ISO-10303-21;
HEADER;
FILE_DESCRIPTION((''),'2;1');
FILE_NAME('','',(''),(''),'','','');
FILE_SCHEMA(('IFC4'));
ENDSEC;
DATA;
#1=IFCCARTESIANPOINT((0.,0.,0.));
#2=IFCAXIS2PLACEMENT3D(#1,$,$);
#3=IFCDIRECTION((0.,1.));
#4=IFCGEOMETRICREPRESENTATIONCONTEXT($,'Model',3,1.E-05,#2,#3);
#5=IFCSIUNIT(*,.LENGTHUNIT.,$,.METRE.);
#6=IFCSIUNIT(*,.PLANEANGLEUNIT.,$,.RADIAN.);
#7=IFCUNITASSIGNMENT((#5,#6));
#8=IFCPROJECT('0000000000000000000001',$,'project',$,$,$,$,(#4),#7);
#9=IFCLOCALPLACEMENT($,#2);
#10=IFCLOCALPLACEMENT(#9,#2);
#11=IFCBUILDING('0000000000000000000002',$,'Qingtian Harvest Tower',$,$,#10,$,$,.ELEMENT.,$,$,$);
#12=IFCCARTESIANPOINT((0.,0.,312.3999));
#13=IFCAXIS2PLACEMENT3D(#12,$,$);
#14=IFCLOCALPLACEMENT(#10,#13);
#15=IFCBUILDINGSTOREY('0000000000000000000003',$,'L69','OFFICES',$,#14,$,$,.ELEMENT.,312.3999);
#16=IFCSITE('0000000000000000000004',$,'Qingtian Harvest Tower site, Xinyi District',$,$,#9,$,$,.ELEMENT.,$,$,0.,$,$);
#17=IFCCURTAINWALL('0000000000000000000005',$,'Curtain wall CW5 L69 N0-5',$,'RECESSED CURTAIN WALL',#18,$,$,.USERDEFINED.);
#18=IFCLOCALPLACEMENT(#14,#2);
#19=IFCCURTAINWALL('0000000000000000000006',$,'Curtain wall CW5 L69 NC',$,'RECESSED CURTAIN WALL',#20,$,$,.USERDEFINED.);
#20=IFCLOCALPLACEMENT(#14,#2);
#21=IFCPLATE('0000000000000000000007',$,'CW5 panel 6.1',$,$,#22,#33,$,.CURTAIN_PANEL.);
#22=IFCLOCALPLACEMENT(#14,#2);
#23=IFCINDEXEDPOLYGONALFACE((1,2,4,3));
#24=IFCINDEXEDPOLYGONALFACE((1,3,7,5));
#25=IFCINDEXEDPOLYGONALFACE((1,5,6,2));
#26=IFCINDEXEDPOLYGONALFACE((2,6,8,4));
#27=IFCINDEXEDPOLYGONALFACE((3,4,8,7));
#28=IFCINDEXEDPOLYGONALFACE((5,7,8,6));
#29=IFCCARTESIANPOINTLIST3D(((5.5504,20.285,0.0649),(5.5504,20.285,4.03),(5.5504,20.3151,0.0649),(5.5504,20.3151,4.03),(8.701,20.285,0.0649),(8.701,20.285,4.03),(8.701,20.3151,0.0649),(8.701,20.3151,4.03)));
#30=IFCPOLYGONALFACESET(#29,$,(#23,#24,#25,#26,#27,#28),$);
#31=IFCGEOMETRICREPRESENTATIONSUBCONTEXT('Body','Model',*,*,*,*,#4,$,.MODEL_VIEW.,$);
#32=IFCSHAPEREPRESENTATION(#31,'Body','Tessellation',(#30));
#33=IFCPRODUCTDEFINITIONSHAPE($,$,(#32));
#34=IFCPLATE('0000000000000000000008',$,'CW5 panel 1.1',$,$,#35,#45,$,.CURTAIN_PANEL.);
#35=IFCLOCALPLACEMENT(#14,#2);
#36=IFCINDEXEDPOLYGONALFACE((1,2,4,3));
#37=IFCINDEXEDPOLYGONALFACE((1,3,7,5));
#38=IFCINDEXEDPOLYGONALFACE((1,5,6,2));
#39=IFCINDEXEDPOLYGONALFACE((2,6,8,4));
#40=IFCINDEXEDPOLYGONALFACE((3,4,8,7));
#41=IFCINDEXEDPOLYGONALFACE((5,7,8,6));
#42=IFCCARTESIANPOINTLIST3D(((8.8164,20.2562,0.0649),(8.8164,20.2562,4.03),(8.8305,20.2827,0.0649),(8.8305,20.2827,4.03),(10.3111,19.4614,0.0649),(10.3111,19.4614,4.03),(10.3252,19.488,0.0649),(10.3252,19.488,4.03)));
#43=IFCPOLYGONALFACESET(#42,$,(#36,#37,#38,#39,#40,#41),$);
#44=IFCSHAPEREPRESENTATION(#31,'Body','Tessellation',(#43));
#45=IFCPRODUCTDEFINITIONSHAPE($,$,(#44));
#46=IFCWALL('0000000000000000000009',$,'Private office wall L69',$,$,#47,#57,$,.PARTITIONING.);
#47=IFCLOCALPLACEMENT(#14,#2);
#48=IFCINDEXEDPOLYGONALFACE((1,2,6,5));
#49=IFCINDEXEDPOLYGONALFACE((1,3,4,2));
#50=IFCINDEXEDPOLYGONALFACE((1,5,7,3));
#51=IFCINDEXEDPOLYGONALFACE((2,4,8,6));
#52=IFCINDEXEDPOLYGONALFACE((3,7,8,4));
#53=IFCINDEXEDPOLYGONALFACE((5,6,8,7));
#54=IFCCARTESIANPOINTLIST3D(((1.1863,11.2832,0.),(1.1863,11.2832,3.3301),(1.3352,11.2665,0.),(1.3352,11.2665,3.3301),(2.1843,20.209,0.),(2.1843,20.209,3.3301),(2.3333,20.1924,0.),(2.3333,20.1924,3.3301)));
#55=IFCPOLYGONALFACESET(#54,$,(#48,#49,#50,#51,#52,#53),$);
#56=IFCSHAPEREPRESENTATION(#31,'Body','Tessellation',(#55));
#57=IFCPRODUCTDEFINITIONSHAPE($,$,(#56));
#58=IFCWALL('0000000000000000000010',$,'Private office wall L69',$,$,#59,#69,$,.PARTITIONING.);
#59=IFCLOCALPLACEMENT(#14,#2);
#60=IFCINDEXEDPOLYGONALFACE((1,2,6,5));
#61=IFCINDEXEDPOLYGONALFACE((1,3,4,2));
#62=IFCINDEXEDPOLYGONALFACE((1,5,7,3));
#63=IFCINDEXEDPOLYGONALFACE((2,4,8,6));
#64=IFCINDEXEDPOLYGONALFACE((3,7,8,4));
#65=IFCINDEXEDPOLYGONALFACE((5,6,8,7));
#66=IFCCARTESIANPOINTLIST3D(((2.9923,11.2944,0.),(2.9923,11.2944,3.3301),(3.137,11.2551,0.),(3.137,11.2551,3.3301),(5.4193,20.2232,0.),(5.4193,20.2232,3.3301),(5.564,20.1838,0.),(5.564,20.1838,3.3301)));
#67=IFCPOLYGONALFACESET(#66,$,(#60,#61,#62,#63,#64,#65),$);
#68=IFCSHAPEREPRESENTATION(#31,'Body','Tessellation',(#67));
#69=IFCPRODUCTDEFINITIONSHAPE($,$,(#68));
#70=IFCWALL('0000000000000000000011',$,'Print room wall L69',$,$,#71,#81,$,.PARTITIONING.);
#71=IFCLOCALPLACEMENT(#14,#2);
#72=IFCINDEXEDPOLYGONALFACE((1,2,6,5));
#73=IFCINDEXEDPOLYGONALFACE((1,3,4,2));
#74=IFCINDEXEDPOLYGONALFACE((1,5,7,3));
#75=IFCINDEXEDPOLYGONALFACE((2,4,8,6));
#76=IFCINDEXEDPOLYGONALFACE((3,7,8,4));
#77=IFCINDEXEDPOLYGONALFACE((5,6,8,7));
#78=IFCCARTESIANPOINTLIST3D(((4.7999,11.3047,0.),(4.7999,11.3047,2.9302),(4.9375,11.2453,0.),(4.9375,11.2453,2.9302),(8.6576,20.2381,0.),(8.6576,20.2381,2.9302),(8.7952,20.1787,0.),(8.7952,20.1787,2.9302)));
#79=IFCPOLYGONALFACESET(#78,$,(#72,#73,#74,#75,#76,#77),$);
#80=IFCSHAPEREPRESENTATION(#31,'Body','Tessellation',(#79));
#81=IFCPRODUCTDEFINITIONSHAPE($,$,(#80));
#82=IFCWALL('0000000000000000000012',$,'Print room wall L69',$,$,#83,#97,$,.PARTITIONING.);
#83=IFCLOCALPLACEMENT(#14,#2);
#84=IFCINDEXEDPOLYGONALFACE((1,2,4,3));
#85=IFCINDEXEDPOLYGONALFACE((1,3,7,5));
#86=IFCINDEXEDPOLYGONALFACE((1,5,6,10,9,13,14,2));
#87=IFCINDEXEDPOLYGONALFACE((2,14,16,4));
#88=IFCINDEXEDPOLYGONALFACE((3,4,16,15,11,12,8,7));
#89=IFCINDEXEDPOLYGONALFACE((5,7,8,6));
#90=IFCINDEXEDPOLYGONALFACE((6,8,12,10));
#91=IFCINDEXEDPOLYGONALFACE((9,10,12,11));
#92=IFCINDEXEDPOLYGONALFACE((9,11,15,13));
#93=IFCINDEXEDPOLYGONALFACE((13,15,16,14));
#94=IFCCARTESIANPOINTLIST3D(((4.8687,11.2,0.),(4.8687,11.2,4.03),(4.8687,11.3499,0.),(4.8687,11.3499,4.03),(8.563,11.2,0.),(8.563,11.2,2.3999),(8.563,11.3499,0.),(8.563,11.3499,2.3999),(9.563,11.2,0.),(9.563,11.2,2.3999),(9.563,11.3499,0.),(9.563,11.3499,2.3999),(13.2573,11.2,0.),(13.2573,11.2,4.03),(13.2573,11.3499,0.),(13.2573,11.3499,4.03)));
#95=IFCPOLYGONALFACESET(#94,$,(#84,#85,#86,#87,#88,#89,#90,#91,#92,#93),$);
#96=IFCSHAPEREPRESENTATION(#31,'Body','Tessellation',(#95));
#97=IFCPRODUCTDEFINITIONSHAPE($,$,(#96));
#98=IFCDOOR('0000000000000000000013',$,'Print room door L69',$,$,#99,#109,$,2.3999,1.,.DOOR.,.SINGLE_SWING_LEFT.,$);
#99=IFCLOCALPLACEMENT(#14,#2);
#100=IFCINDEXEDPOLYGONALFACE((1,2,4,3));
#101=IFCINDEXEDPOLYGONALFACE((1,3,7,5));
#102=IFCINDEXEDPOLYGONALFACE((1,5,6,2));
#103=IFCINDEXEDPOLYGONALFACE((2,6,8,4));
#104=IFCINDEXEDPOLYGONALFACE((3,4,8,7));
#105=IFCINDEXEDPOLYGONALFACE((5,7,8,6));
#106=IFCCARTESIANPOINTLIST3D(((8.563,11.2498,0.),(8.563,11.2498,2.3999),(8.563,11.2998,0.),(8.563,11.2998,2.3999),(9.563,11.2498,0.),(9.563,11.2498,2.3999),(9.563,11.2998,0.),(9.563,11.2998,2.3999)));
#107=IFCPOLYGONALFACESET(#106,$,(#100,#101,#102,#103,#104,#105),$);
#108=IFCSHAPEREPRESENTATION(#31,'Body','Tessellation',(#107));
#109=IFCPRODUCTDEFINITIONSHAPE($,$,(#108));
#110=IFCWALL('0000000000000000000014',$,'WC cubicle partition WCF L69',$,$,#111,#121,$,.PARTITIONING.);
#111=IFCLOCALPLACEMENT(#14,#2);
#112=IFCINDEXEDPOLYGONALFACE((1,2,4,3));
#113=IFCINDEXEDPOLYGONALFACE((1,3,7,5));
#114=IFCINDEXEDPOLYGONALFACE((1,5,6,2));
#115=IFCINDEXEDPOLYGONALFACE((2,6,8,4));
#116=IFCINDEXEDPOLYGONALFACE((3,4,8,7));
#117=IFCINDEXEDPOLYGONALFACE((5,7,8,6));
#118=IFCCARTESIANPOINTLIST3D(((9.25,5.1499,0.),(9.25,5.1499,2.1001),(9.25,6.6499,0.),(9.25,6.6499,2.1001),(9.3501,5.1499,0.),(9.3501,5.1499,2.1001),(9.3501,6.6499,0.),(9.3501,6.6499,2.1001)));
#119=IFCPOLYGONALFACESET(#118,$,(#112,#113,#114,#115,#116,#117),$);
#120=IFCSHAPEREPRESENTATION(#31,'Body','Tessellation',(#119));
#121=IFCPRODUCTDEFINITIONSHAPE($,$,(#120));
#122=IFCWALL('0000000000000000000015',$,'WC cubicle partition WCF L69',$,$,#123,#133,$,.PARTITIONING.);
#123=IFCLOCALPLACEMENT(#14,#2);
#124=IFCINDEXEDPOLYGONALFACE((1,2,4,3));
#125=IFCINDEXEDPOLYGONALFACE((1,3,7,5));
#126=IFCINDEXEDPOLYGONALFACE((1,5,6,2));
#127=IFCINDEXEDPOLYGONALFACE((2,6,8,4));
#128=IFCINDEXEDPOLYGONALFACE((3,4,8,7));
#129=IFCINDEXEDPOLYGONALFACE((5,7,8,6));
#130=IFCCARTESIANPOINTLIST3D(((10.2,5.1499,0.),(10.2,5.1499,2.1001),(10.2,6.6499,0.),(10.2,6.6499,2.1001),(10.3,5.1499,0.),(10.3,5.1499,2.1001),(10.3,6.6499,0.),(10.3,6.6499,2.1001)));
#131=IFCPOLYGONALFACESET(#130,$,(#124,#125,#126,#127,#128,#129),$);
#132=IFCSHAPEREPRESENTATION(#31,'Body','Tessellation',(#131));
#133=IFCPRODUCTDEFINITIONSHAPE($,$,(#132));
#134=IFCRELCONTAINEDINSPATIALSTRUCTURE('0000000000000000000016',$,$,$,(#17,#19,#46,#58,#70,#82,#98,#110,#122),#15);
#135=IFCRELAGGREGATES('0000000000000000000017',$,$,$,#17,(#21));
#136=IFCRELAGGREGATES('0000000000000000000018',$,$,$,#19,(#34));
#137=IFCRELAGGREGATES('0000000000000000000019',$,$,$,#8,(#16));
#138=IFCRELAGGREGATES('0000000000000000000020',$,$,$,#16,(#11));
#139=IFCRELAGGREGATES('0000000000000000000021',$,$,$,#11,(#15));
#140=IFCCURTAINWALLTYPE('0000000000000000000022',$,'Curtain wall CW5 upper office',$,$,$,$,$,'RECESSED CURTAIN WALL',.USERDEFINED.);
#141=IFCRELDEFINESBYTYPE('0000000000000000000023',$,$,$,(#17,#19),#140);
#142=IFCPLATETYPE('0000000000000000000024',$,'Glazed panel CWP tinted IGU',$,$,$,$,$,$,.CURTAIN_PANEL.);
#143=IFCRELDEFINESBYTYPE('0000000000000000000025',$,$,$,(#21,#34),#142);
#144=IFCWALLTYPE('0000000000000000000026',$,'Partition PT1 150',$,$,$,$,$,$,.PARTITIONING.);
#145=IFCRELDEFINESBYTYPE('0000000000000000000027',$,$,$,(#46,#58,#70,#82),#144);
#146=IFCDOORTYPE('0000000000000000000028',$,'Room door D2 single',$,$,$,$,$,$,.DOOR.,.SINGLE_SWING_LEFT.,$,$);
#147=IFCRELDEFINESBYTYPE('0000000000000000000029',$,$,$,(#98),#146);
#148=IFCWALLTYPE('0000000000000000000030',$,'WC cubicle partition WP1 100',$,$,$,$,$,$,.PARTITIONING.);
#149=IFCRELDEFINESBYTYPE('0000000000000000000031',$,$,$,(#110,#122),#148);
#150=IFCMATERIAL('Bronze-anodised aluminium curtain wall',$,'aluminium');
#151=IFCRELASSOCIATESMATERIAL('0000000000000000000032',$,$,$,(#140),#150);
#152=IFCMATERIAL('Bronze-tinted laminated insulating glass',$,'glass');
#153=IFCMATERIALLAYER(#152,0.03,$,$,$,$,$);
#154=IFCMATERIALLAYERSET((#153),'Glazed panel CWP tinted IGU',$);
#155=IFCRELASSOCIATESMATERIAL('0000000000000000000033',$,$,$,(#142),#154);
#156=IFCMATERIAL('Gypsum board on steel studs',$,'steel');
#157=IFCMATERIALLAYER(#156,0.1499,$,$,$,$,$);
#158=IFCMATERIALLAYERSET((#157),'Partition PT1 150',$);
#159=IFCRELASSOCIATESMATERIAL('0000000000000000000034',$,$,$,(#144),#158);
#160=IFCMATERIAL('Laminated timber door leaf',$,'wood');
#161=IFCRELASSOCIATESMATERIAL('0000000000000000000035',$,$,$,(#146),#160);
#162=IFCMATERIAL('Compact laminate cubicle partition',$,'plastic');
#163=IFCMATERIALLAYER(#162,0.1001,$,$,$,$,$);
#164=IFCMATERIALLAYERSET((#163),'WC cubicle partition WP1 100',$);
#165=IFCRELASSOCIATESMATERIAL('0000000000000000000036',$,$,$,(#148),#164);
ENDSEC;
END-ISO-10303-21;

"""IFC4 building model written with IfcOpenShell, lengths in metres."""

from ifc_helpers import new_model, si_unit, direction, frame, frame_2d, origin, origin_2d, place, context, subcontext, project, spatial, rectangle, extrude, material, layer, layer_set, type_object, element, fill, aggregate, save


model = new_model("IFC4")

# Units and contexts
model_context = context("Model", 3, precision=1e-05, world=origin(), true_north=direction((0.0, 1.0)))
body_context = subcontext(model_context, "Body", "Model", "MODEL_VIEW")
ifc_project = project(units=[si_unit("LENGTHUNIT", "METRE"), si_unit("PLANEANGLEUNIT", "RADIAN")], contexts=[model_context])

# Site, building, storey
site_placement = place(None, origin())
site = spatial("IfcSite", under=ifc_project, at=site_placement, Name="Qingtian Harvest Tower site, Xinyi District", CompositionType="ELEMENT", RefElevation=0.0)
building_placement = place(site_placement, origin())
building = spatial("IfcBuilding", under=site, at=building_placement, Name="Qingtian Harvest Tower", CompositionType="ELEMENT")
storey_placement = place(building_placement, frame((0.0, 0.0, 312.3999)))
storey = spatial("IfcBuildingStorey", under=building, at=storey_placement, Name="L69", Description="OFFICES", CompositionType="ELEMENT", Elevation=312.3999)

# Curtain wall
ifc_material_1 = material(Name="Bronze-anodised aluminium curtain wall", Category="aluminium")
curtain_wall_type = type_object("IfcCurtainWallType", Name="Curtain wall CW5 upper office", ElementType="RECESSED CURTAIN WALL", PredefinedType="USERDEFINED", material=ifc_material_1)
curtain_wall_1_placement = place(storey_placement, origin())
curtain_wall_1 = element("IfcCurtainWall", 1, at=curtain_wall_1_placement, inside=storey, type_object=curtain_wall_type, Name="Curtain wall CW5 L69 N0-5", ObjectType="RECESSED CURTAIN WALL", PredefinedType="USERDEFINED")

# Curtain wall
curtain_wall_2_placement = place(storey_placement, origin())
curtain_wall_2 = element("IfcCurtainWall", 2, at=curtain_wall_2_placement, inside=storey, type_object=curtain_wall_type, Name="Curtain wall CW5 L69 NC", ObjectType="RECESSED CURTAIN WALL", PredefinedType="USERDEFINED")

# Plates
ifc_material_2 = material(Name="Bronze-tinted laminated insulating glass", Category="glass")
ifc_layer_1 = layer(ifc_material_2, 0.03)
ifc_layer_set_1 = layer_set([ifc_layer_1], Name="Glazed panel CWP tinted IGU")
plate_type = type_object("IfcPlateType", Name="Glazed panel CWP tinted IGU", PredefinedType="CURTAIN_PANEL", material=ifc_layer_set_1)
plate_1_placement = place(storey_placement, frame((7.1257, 20.3, 0.0649), z_axis=(0.0, 0.0, 1.0), x_axis=(1.0, 0.0, 0.0)))
plate_1 = element("IfcPlate", 3, at=plate_1_placement, type_object=plate_type, Name="CW5 panel 6.1", PredefinedType="CURTAIN_PANEL", context=body_context, shape_type="SweptSolid", body=[
    extrude(rectangle(XDim=3.1506, YDim=0.03, at=origin_2d()), origin(), (0.0, 0.0, 1.0), 3.9651),
])
aggregate(curtain_wall_1, [plate_1])
plate_2_placement = place(storey_placement, frame((9.5708, 19.8721, 0.0649), z_axis=(0.0, 0.0, 1.0), x_axis=(0.882948, -0.469472, 0.0)))
plate_2 = element("IfcPlate", 4, at=plate_2_placement, type_object=plate_type, Name="CW5 panel 1.1", PredefinedType="CURTAIN_PANEL", context=body_context, shape_type="SweptSolid", body=[
    extrude(rectangle(XDim=1.6929, YDim=0.03, at=origin_2d()), origin(), (0.0, 0.0, 1.0), 3.9651),
])
aggregate(curtain_wall_2, [plate_2])

# Wall
ifc_material_3 = material(Name="Gypsum board on steel studs", Category="steel")
ifc_layer_2 = layer(ifc_material_3, 0.1499)
ifc_layer_set_2 = layer_set([ifc_layer_2], Name="Partition PT1 150")
wall_type_1 = type_object("IfcWallType", Name="Partition PT1 150", PredefinedType="PARTITIONING", material=ifc_layer_set_2)
wall_1_placement = place(storey_placement, frame((2.2588, 20.2007, 0.0), z_axis=(0.0, 0.0, 1.0), x_axis=(-0.111124, -0.993807, 0.0)))
element("IfcWall", 5, at=wall_1_placement, inside=storey, type_object=wall_type_1, Name="Private office wall L69", PredefinedType="PARTITIONING", context=body_context, shape_type="SweptSolid", body=[
    extrude(rectangle(XDim=8.9814, YDim=0.1499, at=frame_2d((4.4907, 0.0))), origin(), (0.0, 0.0, 1.0), 3.3301),
])

# Shared definitions
ifc_material_4 = material(Name="Laminated timber door leaf", Category="wood")
door_type = type_object("IfcDoorType", Name="Room door D2 single", OperationType="SINGLE_SWING_LEFT", PredefinedType="DOOR", material=ifc_material_4)

# Wall
wall_2_placement = place(storey_placement, frame((5.4917, 20.2036, 0.0), z_axis=(0.0, 0.0, 1.0), x_axis=(-0.262302, -0.964986, 0.0)))
element("IfcWall", 6, at=wall_2_placement, inside=storey, type_object=wall_type_1, Name="Private office wall L69", PredefinedType="PARTITIONING", context=body_context, shape_type="SweptSolid", body=[
    extrude(rectangle(XDim=9.2527, YDim=0.1499, at=frame_2d((4.6265, 0.0))), origin(), (0.0, 0.0, 1.0), 3.3301),
])

# Wall
wall_3_placement = place(storey_placement, frame((8.7263, 20.2083, 0.0), z_axis=(0.0, 0.0, 1.0), x_axis=(-0.396443, -0.918059, 0.0)))
element("IfcWall", 7, at=wall_3_placement, inside=storey, type_object=wall_type_1, Name="Print room wall L69", PredefinedType="PARTITIONING", context=body_context, shape_type="SweptSolid", body=[
    extrude(rectangle(XDim=9.7307, YDim=0.1499, at=frame_2d((4.8652, 0.0))), origin(), (0.0, 0.0, 1.0), 2.9302),
])

# Wall, opening, door
wall_4_placement = place(storey_placement, frame((4.8687, 11.2749, 0.0), z_axis=(0.0, 0.0, 1.0), x_axis=(1.0, 0.0, 0.0)))
wall_4 = element("IfcWall", 8, at=wall_4_placement, inside=storey, type_object=wall_type_1, Name="Print room wall L69", PredefinedType="PARTITIONING", context=body_context, shape_type="SweptSolid", body=[
    extrude(rectangle(XDim=8.3887, YDim=0.1499, at=frame_2d((4.1943, 0.0))), origin(), (0.0, 0.0, 1.0), 4.03),
])
opening_1_placement = place(wall_4_placement, frame((3.6943, 0.0, 0.0)))
opening_1 = element("IfcOpeningElement", 9, at=opening_1_placement, cuts=wall_4, PredefinedType="OPENING", context=body_context, shape_type="SweptSolid", body=[
    extrude(rectangle(XDim=1.0, YDim=2.3999, at=frame_2d((0.5, 1.2))), frame((0.0, 0.085, 0.0), z_axis=(0.0, -1.0, 0.0), x_axis=(1.0, 0.0, 0.0)), (0.0, 0.0, 1.0), 0.1699),
])
door_1_placement = place(opening_1_placement, origin())
door_1 = element("IfcDoor", 10, at=door_1_placement, inside=storey, type_object=door_type, Name="Print room door L69", OperationType="SINGLE_SWING_LEFT", OverallHeight=2.3999, OverallWidth=1.0, PredefinedType="DOOR", context=body_context, shape_type="SweptSolid", body=[
    extrude(rectangle(XDim=1.0, YDim=2.3999, at=frame_2d((0.5, 1.2))), frame((0.0, 0.0249, 0.0), z_axis=(0.0, -1.0, 0.0), x_axis=(1.0, 0.0, 0.0)), (0.0, 0.0, 1.0), 0.05),
])
fill(opening_1, door_1)

# Walls
ifc_material_5 = material(Name="Compact laminate cubicle partition", Category="plastic")
ifc_layer_3 = layer(ifc_material_5, 0.1001)
ifc_layer_set_3 = layer_set([ifc_layer_3], Name="WC cubicle partition WP1 100")
wall_type_2 = type_object("IfcWallType", Name="WC cubicle partition WP1 100", PredefinedType="PARTITIONING", material=ifc_layer_set_3)
for number, where, z_axis, x_axis, name in (
    (11, (9.3, 5.1499, 0.0), (0.0, 0.0, 1.0), (0.0, 1.0, 0.0), "WC cubicle partition WCF L69"),
    (12, (10.25, 5.1499, 0.0), (0.0, 0.0, 1.0), (0.0, 1.0, 0.0), "WC cubicle partition WCF L69"),
):
    element("IfcWall", number, at=place(storey_placement, frame(where, z_axis=z_axis, x_axis=x_axis)), inside=storey, type_object=wall_type_2, Name=name, PredefinedType="PARTITIONING", context=body_context, shape_type="SweptSolid", body=[
        extrude(rectangle(XDim=1.5, YDim=0.1001, at=frame_2d((0.75, 0.0))), origin(), (0.0, 0.0, 1.0), 2.1001),
    ])

save(model, "model.ifc")
